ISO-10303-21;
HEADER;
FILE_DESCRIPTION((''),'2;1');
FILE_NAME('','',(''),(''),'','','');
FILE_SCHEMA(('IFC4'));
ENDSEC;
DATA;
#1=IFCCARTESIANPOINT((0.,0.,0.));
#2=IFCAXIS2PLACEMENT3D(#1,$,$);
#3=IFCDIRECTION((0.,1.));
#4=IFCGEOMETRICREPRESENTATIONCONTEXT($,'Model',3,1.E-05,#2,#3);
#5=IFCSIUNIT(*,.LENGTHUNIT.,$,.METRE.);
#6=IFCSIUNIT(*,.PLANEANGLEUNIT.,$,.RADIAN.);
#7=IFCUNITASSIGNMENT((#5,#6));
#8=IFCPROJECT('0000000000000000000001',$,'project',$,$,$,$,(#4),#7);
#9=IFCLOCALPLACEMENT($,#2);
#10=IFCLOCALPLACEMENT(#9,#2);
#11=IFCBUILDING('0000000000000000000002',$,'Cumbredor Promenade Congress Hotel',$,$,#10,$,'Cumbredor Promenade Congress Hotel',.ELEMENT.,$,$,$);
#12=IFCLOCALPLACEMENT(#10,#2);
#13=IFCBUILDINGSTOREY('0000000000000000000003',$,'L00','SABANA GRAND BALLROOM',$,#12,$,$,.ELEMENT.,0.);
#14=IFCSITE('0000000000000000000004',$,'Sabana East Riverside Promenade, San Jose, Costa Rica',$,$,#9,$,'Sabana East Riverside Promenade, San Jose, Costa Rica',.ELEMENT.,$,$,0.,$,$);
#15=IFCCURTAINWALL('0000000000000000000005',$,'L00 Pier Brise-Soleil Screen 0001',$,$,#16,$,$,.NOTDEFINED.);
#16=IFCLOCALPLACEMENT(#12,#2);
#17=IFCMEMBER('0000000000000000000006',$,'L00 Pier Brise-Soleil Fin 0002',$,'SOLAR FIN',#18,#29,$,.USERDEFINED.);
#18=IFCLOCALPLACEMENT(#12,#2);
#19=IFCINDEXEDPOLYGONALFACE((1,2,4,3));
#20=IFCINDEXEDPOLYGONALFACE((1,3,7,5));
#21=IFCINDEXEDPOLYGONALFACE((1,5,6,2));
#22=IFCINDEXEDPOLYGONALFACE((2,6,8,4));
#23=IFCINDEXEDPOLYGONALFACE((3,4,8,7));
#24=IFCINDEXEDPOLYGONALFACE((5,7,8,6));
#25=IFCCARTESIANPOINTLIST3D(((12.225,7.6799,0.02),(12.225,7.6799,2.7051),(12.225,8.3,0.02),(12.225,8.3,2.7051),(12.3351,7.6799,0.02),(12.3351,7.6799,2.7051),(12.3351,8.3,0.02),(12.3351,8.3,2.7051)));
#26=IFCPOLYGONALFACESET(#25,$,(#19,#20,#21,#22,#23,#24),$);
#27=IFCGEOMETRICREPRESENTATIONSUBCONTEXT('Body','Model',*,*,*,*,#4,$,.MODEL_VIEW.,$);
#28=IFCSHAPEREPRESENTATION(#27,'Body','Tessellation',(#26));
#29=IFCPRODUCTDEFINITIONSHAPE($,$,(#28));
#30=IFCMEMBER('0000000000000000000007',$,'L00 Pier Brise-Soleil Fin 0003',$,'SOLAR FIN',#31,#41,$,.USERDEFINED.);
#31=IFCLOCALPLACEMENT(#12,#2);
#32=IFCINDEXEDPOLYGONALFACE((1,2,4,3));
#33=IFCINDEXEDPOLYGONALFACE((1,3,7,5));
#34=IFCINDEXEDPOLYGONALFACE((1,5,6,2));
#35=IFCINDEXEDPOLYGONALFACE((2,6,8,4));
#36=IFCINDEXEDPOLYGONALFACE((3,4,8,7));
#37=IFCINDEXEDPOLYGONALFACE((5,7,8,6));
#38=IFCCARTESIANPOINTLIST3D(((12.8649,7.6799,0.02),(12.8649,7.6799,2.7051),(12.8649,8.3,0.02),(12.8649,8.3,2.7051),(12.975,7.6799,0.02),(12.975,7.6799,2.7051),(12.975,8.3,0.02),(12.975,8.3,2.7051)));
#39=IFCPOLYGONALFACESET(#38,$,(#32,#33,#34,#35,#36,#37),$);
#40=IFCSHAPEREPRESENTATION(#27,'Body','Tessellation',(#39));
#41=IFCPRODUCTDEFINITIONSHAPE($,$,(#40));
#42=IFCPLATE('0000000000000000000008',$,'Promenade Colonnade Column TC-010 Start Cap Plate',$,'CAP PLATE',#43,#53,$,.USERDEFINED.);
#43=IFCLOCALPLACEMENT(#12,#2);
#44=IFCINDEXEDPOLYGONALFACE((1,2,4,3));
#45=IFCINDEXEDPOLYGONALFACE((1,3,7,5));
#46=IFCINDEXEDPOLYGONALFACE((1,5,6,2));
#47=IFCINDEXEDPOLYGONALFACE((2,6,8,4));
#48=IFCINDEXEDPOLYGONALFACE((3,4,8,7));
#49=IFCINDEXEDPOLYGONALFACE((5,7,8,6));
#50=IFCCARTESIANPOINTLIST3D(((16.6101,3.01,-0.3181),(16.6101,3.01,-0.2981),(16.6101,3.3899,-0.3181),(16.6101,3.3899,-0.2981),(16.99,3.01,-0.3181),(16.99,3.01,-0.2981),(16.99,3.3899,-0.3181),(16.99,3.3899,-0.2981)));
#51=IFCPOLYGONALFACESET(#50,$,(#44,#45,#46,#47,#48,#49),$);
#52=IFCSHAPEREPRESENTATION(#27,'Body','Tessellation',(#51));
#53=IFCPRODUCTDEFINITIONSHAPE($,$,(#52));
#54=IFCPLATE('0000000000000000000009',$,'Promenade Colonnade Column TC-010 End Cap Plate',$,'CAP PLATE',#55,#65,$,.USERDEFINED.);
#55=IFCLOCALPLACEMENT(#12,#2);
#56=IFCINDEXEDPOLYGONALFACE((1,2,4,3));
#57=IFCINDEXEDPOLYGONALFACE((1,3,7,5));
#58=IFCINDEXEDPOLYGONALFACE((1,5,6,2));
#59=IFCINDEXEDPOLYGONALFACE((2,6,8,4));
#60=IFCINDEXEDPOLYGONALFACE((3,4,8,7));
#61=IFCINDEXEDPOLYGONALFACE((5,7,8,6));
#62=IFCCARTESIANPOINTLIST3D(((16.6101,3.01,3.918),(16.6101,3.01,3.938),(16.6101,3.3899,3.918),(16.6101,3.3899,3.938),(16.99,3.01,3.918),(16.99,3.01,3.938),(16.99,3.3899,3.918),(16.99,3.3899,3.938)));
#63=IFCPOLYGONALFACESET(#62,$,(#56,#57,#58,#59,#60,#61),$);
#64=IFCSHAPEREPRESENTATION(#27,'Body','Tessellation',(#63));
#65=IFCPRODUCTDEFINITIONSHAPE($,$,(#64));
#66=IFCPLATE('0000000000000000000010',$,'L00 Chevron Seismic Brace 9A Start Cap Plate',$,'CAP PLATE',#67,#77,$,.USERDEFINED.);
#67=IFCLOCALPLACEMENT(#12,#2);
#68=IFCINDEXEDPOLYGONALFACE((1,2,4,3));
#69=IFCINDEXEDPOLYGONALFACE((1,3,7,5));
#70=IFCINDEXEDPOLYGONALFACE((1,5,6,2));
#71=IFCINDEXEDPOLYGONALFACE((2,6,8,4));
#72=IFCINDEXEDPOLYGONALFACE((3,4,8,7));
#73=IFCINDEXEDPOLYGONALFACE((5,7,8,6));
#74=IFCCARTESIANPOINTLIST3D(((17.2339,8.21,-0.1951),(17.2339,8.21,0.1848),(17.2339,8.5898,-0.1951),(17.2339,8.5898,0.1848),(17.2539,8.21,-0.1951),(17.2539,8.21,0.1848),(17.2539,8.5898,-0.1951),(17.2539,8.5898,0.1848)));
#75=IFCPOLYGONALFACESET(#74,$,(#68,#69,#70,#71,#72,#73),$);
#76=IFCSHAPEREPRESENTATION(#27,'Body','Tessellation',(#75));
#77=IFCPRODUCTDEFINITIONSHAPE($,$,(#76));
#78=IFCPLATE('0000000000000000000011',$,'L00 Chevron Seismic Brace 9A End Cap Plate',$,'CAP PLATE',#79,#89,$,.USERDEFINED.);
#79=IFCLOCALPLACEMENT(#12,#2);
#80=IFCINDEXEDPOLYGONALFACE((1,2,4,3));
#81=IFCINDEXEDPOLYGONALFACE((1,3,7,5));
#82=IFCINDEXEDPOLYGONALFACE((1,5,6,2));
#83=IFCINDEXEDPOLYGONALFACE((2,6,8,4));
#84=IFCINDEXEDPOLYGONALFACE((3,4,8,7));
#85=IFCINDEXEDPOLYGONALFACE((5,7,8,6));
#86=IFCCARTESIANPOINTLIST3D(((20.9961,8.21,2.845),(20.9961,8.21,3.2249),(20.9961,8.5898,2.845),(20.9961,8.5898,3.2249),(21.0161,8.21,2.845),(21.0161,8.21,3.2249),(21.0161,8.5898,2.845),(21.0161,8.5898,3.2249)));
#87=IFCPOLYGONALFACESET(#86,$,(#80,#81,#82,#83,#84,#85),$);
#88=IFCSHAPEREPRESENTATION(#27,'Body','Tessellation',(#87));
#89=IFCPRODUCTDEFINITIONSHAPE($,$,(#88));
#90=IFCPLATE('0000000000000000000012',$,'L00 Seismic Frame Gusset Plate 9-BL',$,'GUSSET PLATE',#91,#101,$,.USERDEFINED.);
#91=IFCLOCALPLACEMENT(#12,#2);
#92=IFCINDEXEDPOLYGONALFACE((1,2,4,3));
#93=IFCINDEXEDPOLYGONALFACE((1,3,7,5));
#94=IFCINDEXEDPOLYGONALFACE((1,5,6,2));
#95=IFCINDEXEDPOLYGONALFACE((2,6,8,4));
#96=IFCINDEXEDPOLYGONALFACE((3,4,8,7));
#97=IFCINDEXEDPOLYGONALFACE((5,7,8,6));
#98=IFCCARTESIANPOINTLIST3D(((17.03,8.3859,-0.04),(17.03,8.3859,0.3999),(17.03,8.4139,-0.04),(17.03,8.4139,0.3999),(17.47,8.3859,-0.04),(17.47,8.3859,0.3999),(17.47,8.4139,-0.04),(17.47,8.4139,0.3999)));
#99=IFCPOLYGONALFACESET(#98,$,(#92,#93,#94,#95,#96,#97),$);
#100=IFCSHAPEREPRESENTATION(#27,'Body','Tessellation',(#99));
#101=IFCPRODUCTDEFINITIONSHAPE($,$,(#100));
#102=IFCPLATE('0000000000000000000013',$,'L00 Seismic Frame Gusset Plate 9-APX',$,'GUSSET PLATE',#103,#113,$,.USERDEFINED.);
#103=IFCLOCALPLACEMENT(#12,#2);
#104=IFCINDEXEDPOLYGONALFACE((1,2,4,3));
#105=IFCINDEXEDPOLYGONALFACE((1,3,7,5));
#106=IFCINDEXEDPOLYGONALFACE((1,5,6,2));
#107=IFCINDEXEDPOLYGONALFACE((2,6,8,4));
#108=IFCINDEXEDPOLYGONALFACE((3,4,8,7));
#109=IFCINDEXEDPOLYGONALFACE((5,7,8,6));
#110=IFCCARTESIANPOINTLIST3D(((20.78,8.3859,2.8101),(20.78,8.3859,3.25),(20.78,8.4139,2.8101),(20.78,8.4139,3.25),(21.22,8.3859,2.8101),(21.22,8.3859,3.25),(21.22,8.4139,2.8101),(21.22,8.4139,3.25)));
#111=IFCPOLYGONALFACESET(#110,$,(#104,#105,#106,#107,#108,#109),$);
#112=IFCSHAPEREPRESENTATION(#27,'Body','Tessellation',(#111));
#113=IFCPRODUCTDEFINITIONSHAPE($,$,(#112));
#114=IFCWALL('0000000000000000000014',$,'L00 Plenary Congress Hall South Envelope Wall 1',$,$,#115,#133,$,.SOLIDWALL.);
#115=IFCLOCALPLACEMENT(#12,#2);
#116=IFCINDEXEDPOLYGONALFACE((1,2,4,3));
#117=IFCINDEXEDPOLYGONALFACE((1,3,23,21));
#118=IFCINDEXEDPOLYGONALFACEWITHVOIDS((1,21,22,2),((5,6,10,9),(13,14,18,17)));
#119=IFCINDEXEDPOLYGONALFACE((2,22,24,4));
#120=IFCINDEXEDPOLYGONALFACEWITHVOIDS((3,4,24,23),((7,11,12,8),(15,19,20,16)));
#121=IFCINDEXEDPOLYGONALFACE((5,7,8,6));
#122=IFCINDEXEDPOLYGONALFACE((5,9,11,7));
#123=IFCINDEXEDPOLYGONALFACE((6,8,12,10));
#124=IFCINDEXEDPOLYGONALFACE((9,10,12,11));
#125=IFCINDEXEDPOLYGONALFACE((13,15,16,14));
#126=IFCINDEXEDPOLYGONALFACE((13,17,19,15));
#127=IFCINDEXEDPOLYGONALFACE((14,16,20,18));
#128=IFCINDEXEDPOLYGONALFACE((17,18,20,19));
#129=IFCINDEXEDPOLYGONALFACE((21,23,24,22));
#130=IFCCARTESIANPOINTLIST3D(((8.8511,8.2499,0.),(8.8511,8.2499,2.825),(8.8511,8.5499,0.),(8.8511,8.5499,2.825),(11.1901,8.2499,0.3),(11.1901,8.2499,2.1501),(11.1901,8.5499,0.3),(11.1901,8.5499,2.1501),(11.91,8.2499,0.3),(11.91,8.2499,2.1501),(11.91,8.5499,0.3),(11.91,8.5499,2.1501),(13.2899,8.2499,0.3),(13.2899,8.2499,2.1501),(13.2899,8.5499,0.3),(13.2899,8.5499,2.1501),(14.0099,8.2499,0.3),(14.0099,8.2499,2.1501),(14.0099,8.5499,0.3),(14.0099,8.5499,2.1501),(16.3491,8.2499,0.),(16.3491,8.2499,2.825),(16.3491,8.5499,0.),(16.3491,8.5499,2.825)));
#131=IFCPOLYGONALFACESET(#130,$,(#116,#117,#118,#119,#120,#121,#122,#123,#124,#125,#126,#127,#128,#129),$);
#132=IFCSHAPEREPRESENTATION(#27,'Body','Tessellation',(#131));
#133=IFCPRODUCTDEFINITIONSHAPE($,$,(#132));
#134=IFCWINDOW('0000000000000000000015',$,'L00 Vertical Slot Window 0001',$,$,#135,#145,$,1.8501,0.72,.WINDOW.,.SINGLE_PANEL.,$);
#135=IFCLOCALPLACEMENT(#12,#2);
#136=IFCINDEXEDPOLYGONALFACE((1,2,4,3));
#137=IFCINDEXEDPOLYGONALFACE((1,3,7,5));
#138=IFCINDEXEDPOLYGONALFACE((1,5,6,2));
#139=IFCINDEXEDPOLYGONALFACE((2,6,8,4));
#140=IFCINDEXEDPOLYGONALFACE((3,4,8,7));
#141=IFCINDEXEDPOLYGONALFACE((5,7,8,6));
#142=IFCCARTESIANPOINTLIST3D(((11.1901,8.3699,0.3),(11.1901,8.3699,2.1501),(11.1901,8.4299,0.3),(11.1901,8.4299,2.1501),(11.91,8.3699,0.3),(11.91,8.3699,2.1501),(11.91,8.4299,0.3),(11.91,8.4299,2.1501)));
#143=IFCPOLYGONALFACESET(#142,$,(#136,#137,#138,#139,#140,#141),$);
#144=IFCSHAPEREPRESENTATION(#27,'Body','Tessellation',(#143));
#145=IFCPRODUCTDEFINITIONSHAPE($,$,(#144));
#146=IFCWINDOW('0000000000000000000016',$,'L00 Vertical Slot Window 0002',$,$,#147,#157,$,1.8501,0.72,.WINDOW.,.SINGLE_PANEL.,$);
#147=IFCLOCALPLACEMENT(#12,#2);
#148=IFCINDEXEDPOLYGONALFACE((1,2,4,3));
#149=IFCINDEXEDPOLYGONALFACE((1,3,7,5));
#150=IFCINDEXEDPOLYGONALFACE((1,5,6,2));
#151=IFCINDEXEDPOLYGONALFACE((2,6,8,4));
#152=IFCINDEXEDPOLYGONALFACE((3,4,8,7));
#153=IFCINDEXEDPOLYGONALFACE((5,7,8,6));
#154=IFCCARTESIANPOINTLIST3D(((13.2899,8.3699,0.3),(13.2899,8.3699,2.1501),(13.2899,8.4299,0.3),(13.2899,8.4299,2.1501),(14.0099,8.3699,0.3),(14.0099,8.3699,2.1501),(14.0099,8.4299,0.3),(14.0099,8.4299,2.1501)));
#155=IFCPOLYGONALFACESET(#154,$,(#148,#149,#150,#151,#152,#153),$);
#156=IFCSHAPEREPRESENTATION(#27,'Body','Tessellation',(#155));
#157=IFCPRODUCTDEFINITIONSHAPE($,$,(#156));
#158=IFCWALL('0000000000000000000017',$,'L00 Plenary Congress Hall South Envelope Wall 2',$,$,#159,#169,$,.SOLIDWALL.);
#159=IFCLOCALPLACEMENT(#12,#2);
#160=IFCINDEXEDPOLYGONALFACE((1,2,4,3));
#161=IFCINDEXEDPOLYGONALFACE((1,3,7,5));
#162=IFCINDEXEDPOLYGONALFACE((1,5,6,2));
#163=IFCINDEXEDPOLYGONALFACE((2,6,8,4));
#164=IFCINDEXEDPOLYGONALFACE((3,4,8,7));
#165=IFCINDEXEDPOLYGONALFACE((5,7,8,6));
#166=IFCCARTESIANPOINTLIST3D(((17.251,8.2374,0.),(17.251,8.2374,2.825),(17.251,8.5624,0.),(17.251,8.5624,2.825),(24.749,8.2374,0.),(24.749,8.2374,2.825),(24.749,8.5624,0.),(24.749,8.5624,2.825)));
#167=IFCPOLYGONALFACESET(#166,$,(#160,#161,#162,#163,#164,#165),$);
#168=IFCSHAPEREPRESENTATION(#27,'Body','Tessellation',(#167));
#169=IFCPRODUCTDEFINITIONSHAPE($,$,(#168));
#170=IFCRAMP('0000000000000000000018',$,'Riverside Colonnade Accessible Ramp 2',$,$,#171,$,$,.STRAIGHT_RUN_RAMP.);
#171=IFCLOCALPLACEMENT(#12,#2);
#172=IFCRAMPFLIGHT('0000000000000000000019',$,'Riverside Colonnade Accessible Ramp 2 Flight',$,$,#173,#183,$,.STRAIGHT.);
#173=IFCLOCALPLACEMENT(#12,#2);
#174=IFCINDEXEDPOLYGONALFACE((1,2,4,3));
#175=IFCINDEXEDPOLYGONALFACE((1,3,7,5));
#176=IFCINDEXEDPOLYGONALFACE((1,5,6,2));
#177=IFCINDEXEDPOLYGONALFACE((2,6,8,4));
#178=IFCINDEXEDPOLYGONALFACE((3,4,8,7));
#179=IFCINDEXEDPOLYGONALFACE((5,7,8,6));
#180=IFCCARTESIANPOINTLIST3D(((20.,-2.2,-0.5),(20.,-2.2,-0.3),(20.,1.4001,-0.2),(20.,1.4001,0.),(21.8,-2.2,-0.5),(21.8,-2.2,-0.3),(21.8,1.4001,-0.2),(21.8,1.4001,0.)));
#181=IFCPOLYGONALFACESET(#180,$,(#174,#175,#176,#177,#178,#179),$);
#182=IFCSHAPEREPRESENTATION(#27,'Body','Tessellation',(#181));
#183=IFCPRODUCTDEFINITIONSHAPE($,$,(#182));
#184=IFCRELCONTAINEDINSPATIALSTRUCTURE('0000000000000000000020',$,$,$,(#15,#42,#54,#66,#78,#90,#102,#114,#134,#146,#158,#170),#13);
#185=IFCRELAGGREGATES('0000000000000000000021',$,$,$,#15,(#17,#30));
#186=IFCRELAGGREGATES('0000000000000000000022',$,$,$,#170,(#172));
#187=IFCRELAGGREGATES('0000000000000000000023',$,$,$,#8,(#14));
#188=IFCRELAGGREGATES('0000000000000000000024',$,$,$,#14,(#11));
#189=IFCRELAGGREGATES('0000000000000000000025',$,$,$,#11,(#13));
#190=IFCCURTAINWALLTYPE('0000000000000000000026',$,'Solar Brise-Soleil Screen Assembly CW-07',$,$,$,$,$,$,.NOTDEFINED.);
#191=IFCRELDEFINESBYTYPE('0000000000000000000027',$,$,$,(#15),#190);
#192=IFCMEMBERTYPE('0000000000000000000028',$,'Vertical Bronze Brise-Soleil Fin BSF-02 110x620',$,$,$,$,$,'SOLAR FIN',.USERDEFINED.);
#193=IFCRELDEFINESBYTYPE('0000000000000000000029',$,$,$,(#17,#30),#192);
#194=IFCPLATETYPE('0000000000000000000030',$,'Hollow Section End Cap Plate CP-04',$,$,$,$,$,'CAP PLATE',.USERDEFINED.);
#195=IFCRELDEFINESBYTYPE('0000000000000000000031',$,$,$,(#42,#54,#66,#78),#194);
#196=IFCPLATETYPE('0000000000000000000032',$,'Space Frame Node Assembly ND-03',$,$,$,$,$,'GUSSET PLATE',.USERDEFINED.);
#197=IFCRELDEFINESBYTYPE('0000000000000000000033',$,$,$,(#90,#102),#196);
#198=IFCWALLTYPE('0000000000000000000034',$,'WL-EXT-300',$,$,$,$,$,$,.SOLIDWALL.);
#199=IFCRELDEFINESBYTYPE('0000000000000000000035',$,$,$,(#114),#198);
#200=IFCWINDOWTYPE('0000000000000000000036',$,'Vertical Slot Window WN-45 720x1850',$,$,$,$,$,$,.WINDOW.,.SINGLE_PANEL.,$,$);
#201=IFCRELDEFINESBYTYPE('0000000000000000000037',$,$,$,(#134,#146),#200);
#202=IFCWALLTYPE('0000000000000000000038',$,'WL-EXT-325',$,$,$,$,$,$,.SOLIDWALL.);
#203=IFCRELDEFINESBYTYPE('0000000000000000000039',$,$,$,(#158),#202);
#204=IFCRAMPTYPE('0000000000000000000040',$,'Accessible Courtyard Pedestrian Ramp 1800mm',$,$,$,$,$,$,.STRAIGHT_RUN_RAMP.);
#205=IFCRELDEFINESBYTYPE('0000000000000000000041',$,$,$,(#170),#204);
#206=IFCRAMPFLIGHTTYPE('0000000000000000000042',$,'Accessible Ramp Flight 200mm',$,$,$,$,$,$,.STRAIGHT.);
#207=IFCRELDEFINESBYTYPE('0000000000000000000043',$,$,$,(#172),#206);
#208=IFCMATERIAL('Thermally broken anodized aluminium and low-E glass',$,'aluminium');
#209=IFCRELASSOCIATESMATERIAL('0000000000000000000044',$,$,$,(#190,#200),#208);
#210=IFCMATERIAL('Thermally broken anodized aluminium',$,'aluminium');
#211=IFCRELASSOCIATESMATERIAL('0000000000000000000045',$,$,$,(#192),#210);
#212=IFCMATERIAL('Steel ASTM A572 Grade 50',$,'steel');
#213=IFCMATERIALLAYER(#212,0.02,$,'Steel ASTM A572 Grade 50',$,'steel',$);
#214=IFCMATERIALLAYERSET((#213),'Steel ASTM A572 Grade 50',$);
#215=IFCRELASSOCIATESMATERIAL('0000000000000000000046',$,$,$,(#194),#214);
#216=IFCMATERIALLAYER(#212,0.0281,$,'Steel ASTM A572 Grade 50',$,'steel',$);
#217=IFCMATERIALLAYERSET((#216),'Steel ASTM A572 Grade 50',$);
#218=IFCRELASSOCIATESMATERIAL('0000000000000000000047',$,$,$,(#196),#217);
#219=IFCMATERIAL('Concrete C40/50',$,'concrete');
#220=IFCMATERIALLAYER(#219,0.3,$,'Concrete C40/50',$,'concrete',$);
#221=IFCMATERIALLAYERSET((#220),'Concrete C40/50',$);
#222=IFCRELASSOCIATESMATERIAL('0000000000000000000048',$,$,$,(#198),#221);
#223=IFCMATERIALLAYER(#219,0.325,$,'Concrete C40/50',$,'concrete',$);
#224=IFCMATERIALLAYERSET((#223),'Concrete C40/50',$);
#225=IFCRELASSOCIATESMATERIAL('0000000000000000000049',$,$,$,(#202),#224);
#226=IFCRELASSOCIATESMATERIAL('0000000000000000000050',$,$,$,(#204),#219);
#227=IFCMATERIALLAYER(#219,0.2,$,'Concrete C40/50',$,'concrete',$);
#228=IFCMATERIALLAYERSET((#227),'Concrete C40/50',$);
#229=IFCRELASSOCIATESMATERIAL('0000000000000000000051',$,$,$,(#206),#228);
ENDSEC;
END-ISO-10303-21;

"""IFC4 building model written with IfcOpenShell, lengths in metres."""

from ifc_helpers import new_model, si_unit, direction, frame, frame_2d, origin, origin_2d, place, context, subcontext, project, spatial, polyline, rectangle, outline, extrude, material, layer, layer_set, material_profile, profile_set, type_object, element, fill, aggregate, save


model = new_model("IFC4")

# Units and contexts
model_context = context("Model", 3, precision=1e-05, world=origin(), true_north=direction((0.0, 1.0)))
body_context = subcontext(model_context, "Body", "Model", "MODEL_VIEW")
ifc_project = project(units=[si_unit("LENGTHUNIT", "METRE"), si_unit("PLANEANGLEUNIT", "RADIAN")], contexts=[model_context])

# Site, building, storey
site_placement = place(None, origin())
site = spatial("IfcSite", under=ifc_project, at=site_placement, Name="Sabana East Riverside Promenade, San Jose, Costa Rica", LongName="Sabana East Riverside Promenade, San Jose, Costa Rica", CompositionType="ELEMENT", RefElevation=0.0)
building_placement = place(site_placement, origin())
building = spatial("IfcBuilding", under=site, at=building_placement, Name="Cumbredor Promenade Congress Hotel", LongName="Cumbredor Promenade Congress Hotel", CompositionType="ELEMENT")
storey_placement = place(building_placement, origin())
storey = spatial("IfcBuildingStorey", under=building, at=storey_placement, Name="L00", Description="SABANA GRAND BALLROOM", CompositionType="ELEMENT", Elevation=0.0)

# Curtain wall
ifc_material_1 = material(Name="Thermally broken anodized aluminium and low-E glass", Category="aluminium")
curtain_wall_type = type_object("IfcCurtainWallType", Name="Solar Brise-Soleil Screen Assembly CW-07", PredefinedType="NOTDEFINED", material=ifc_material_1)
curtain_wall_placement = place(storey_placement, origin())
curtain_wall = element("IfcCurtainWall", 1, at=curtain_wall_placement, inside=storey, type_object=curtain_wall_type, Name="L00 Pier Brise-Soleil Screen 0001", PredefinedType="NOTDEFINED")
ifc_material_2 = material(Name="Thermally broken anodized aluminium", Category="aluminium")

# Shared definitions
ifc_material_3 = material(Name="Concrete C40/50", Category="concrete")

# Members
ifc_material_profile_1 = material_profile(ifc_material_2, rectangle(XDim=0.1101, YDim=0.6201, at=origin_2d()), Name="ARCH FIN 110x620")
ifc_profile_set_1 = profile_set([ifc_material_profile_1], Name="Thermally broken anodized aluminium")
member_type_1 = type_object("IfcMemberType", Name="Vertical Bronze Brise-Soleil Fin BSF-02 110x620", ElementType="SOLAR FIN", PredefinedType="USERDEFINED", material=ifc_profile_set_1)
member_1_placement = place(storey_placement, frame((12.28, 7.99, 0.02), z_axis=(0.0, 0.0, 1.0), x_axis=(1.0, 0.0, 0.0)))
member_1 = element("IfcMember", 2, at=member_1_placement, type_object=member_type_1, Name="L00 Pier Brise-Soleil Fin 0002", ObjectType="SOLAR FIN", PredefinedType="USERDEFINED", context=body_context, shape_type="SweptSolid", body=[
    extrude(rectangle(XDim=0.1101, YDim=0.6201, at=origin_2d()), origin(), (0.0, 0.0, 1.0), 2.6851),
])
member_2_placement = place(storey_placement, frame((12.9199, 7.99, 0.02), z_axis=(0.0, 0.0, 1.0), x_axis=(1.0, 0.0, 0.0)))
member_2 = element("IfcMember", 3, at=member_2_placement, type_object=member_type_1, Name="L00 Pier Brise-Soleil Fin 0003", ObjectType="SOLAR FIN", PredefinedType="USERDEFINED", context=body_context, shape_type="SweptSolid", body=[
    extrude(rectangle(XDim=0.1101, YDim=0.6201, at=origin_2d()), origin(), (0.0, 0.0, 1.0), 2.6851),
])
aggregate(curtain_wall, [member_1, member_2])

# Plates
ifc_material_4 = material(Name="Steel ASTM A572 Grade 50", Category="steel")
ifc_layer_1 = layer(ifc_material_4, 0.02, Name="Steel ASTM A572 Grade 50", Category="steel")
ifc_layer_set_1 = layer_set([ifc_layer_1], Name="Steel ASTM A572 Grade 50")
plate_type_1 = type_object("IfcPlateType", Name="Hollow Section End Cap Plate CP-04", ElementType="CAP PLATE", PredefinedType="USERDEFINED", material=ifc_layer_set_1)
for number, where, z_axis, x_axis, name in (
    (4, (16.8, 3.2, -0.3181), (0.0, 0.0, 1.0), (1.0, 0.0, 0.0), "Promenade Colonnade Column TC-010 Start Cap Plate"),
    (5, (16.8, 3.2, 3.918), (0.0, 0.0, 1.0), (1.0, 0.0, 0.0), "Promenade Colonnade Column TC-010 End Cap Plate"),
):
    element("IfcPlate", number, at=place(storey_placement, frame(where, z_axis=z_axis, x_axis=x_axis)), inside=storey, type_object=plate_type_1, Name=name, ObjectType="CAP PLATE", PredefinedType="USERDEFINED", context=body_context, shape_type="SweptSolid", body=[
        extrude(rectangle(XDim=0.3799, YDim=0.3799, at=origin_2d()), origin(), (0.0, 0.0, 1.0), 0.02),
    ])
for number, where, z_axis, x_axis, name in (
    (6, (17.2439, 8.3999, -0.1951), (0.0, 0.0, 1.0), (1.0, 0.0, 0.0), "L00 Chevron Seismic Brace 9A Start Cap Plate"),
    (7, (21.0061, 8.3999, 2.845), (0.0, 0.0, 1.0), (1.0, 0.0, 0.0), "L00 Chevron Seismic Brace 9A End Cap Plate"),
):
    element("IfcPlate", number, at=place(storey_placement, frame(where, z_axis=z_axis, x_axis=x_axis)), inside=storey, type_object=plate_type_1, Name=name, ObjectType="CAP PLATE", PredefinedType="USERDEFINED", context=body_context, shape_type="SweptSolid", body=[
        extrude(rectangle(XDim=0.02, YDim=0.3799, at=origin_2d()), origin(), (0.0, 0.0, 1.0), 0.3799),
    ])
ifc_layer_2 = layer(ifc_material_4, 0.0281, Name="Steel ASTM A572 Grade 50", Category="steel")
ifc_layer_set_2 = layer_set([ifc_layer_2], Name="Steel ASTM A572 Grade 50")
plate_type_2 = type_object("IfcPlateType", Name="Space Frame Node Assembly ND-03", ElementType="GUSSET PLATE", PredefinedType="USERDEFINED", material=ifc_layer_set_2)
for number, where, z_axis, x_axis, name in (
    (8, (17.25, 8.3999, -0.04), (0.0, 0.0, 1.0), (1.0, 0.0, 0.0), "L00 Seismic Frame Gusset Plate 9-BL"),
    (9, (21.0, 8.3999, 2.8101), (0.0, 0.0, 1.0), (1.0, 0.0, 0.0), "L00 Seismic Frame Gusset Plate 9-APX"),
):
    element("IfcPlate", number, at=place(storey_placement, frame(where, z_axis=z_axis, x_axis=x_axis)), inside=storey, type_object=plate_type_2, Name=name, ObjectType="GUSSET PLATE", PredefinedType="USERDEFINED", context=body_context, shape_type="SweptSolid", body=[
        extrude(rectangle(XDim=0.4399, YDim=0.0281, at=origin_2d()), origin(), (0.0, 0.0, 1.0), 0.4399),
    ])

# Wall, openings, windows
ifc_layer_3 = layer(ifc_material_3, 0.3, Name="Concrete C40/50", Category="concrete")
ifc_layer_set_3 = layer_set([ifc_layer_3], Name="Concrete C40/50")
wall_type_1 = type_object("IfcWallType", Name="WL-EXT-300", PredefinedType="SOLIDWALL", material=ifc_layer_set_3)
wall_1_placement = place(storey_placement, frame((8.8511, 8.3999, 0.0), z_axis=(0.0, 0.0, 1.0), x_axis=(1.0, 0.0, 0.0)))
wall_1 = element("IfcWall", 10, at=wall_1_placement, inside=storey, type_object=wall_type_1, Name="L00 Plenary Congress Hall South Envelope Wall 1", PredefinedType="SOLIDWALL", context=body_context, shape_type="SweptSolid", body=[
    extrude(rectangle(XDim=7.498, YDim=0.3, at=frame_2d((3.749, 0.0))), origin(), (0.0, 0.0, 1.0), 2.825),
])
opening_1_placement = place(wall_1_placement, frame((2.3391, 0.0, 0.3)))
opening_1 = element("IfcOpeningElement", 11, at=opening_1_placement, cuts=wall_1, PredefinedType="OPENING", context=body_context, shape_type="SweptSolid", body=[
    extrude(rectangle(XDim=0.72, YDim=1.8501, at=frame_2d((0.3599, 0.925))), frame((0.0, 0.1602, 0.0), z_axis=(0.0, -1.0, 0.0), x_axis=(1.0, 0.0, 0.0)), (0.0, 0.0, 1.0), 0.3201),
])
opening_2_placement = place(wall_1_placement, frame((4.439, 0.0, 0.3)))
opening_2 = element("IfcOpeningElement", 12, at=opening_2_placement, cuts=wall_1, PredefinedType="OPENING", context=body_context, shape_type="SweptSolid", body=[
    extrude(rectangle(XDim=0.72, YDim=1.8501, at=frame_2d((0.3599, 0.925))), frame((0.0, 0.1602, 0.0), z_axis=(0.0, -1.0, 0.0), x_axis=(1.0, 0.0, 0.0)), (0.0, 0.0, 1.0), 0.3201),
])
window_type = type_object("IfcWindowType", Name="Vertical Slot Window WN-45 720x1850", PartitioningType="SINGLE_PANEL", PredefinedType="WINDOW", material=ifc_material_1)
window_1_placement = place(opening_1_placement, origin())
window_1 = element("IfcWindow", 13, at=window_1_placement, inside=storey, type_object=window_type, Name="L00 Vertical Slot Window 0001", OverallHeight=1.8501, OverallWidth=0.72, PartitioningType="SINGLE_PANEL", PredefinedType="WINDOW", context=body_context, shape_type="SweptSolid", body=[
    extrude(rectangle(XDim=0.72, YDim=1.8501, at=frame_2d((0.3599, 0.925))), frame((0.0, 0.03, 0.0), z_axis=(0.0, -1.0, 0.0), x_axis=(1.0, 0.0, 0.0)), (0.0, 0.0, 1.0), 0.0601),
])
fill(opening_1, window_1)
window_2_placement = place(opening_2_placement, origin())
window_2 = element("IfcWindow", 14, at=window_2_placement, inside=storey, type_object=window_type, Name="L00 Vertical Slot Window 0002", OverallHeight=1.8501, OverallWidth=0.72, PartitioningType="SINGLE_PANEL", PredefinedType="WINDOW", context=body_context, shape_type="SweptSolid", body=[
    extrude(rectangle(XDim=0.72, YDim=1.8501, at=frame_2d((0.3599, 0.925))), frame((0.0, 0.03, 0.0), z_axis=(0.0, -1.0, 0.0), x_axis=(1.0, 0.0, 0.0)), (0.0, 0.0, 1.0), 0.0601),
])
fill(opening_2, window_2)

# Wall
ifc_layer_4 = layer(ifc_material_3, 0.325, Name="Concrete C40/50", Category="concrete")
ifc_layer_set_4 = layer_set([ifc_layer_4], Name="Concrete C40/50")
wall_type_2 = type_object("IfcWallType", Name="WL-EXT-325", PredefinedType="SOLIDWALL", material=ifc_layer_set_4)
wall_2_placement = place(storey_placement, frame((17.251, 8.3999, 0.0), z_axis=(0.0, 0.0, 1.0), x_axis=(1.0, 0.0, 0.0)))
element("IfcWall", 15, at=wall_2_placement, inside=storey, type_object=wall_type_2, Name="L00 Plenary Congress Hall South Envelope Wall 2", PredefinedType="SOLIDWALL", context=body_context, shape_type="SweptSolid", body=[
    extrude(rectangle(XDim=7.498, YDim=0.325, at=frame_2d((3.749, 0.0))), origin(), (0.0, 0.0, 1.0), 2.825),
])

# Ramp, ramp flight
ramp_type = type_object("IfcRampType", Name="Accessible Courtyard Pedestrian Ramp 1800mm", PredefinedType="STRAIGHT_RUN_RAMP", material=ifc_material_3)
ramp_placement = place(storey_placement, origin())
ramp = element("IfcRamp", 16, at=ramp_placement, inside=storey, type_object=ramp_type, Name="Riverside Colonnade Accessible Ramp 2", PredefinedType="STRAIGHT_RUN_RAMP")
ifc_layer_5 = layer(ifc_material_3, 0.2, Name="Concrete C40/50", Category="concrete")
ifc_layer_set_5 = layer_set([ifc_layer_5], Name="Concrete C40/50")
ramp_flight_type = type_object("IfcRampFlightType", Name="Accessible Ramp Flight 200mm", PredefinedType="STRAIGHT", material=ifc_layer_set_5)
ramp_flight_placement = place(storey_placement, frame((20.8999, -2.2, -0.3), z_axis=(0.0, 0.0, 1.0), x_axis=(0.0, 1.0, 0.0)))
ramp_flight = element("IfcRampFlight", 17, at=ramp_flight_placement, type_object=ramp_flight_type, Name="Riverside Colonnade Accessible Ramp 2 Flight", PredefinedType="STRAIGHT", context=body_context, shape_type="SweptSolid", body=[
    extrude(outline(polyline([(0.0, -0.2), (3.6001, 0.1001), (3.6001, 0.3), (0.0, 0.0), (0.0, -0.2)])), frame((0.0, 0.8999, 0.0), z_axis=(0.0, -1.0, 0.0), x_axis=(1.0, 0.0, 0.0)), (0.0, 0.0, 1.0), 1.8),
])
aggregate(ramp, [ramp_flight])

save(model, "model.ifc")
